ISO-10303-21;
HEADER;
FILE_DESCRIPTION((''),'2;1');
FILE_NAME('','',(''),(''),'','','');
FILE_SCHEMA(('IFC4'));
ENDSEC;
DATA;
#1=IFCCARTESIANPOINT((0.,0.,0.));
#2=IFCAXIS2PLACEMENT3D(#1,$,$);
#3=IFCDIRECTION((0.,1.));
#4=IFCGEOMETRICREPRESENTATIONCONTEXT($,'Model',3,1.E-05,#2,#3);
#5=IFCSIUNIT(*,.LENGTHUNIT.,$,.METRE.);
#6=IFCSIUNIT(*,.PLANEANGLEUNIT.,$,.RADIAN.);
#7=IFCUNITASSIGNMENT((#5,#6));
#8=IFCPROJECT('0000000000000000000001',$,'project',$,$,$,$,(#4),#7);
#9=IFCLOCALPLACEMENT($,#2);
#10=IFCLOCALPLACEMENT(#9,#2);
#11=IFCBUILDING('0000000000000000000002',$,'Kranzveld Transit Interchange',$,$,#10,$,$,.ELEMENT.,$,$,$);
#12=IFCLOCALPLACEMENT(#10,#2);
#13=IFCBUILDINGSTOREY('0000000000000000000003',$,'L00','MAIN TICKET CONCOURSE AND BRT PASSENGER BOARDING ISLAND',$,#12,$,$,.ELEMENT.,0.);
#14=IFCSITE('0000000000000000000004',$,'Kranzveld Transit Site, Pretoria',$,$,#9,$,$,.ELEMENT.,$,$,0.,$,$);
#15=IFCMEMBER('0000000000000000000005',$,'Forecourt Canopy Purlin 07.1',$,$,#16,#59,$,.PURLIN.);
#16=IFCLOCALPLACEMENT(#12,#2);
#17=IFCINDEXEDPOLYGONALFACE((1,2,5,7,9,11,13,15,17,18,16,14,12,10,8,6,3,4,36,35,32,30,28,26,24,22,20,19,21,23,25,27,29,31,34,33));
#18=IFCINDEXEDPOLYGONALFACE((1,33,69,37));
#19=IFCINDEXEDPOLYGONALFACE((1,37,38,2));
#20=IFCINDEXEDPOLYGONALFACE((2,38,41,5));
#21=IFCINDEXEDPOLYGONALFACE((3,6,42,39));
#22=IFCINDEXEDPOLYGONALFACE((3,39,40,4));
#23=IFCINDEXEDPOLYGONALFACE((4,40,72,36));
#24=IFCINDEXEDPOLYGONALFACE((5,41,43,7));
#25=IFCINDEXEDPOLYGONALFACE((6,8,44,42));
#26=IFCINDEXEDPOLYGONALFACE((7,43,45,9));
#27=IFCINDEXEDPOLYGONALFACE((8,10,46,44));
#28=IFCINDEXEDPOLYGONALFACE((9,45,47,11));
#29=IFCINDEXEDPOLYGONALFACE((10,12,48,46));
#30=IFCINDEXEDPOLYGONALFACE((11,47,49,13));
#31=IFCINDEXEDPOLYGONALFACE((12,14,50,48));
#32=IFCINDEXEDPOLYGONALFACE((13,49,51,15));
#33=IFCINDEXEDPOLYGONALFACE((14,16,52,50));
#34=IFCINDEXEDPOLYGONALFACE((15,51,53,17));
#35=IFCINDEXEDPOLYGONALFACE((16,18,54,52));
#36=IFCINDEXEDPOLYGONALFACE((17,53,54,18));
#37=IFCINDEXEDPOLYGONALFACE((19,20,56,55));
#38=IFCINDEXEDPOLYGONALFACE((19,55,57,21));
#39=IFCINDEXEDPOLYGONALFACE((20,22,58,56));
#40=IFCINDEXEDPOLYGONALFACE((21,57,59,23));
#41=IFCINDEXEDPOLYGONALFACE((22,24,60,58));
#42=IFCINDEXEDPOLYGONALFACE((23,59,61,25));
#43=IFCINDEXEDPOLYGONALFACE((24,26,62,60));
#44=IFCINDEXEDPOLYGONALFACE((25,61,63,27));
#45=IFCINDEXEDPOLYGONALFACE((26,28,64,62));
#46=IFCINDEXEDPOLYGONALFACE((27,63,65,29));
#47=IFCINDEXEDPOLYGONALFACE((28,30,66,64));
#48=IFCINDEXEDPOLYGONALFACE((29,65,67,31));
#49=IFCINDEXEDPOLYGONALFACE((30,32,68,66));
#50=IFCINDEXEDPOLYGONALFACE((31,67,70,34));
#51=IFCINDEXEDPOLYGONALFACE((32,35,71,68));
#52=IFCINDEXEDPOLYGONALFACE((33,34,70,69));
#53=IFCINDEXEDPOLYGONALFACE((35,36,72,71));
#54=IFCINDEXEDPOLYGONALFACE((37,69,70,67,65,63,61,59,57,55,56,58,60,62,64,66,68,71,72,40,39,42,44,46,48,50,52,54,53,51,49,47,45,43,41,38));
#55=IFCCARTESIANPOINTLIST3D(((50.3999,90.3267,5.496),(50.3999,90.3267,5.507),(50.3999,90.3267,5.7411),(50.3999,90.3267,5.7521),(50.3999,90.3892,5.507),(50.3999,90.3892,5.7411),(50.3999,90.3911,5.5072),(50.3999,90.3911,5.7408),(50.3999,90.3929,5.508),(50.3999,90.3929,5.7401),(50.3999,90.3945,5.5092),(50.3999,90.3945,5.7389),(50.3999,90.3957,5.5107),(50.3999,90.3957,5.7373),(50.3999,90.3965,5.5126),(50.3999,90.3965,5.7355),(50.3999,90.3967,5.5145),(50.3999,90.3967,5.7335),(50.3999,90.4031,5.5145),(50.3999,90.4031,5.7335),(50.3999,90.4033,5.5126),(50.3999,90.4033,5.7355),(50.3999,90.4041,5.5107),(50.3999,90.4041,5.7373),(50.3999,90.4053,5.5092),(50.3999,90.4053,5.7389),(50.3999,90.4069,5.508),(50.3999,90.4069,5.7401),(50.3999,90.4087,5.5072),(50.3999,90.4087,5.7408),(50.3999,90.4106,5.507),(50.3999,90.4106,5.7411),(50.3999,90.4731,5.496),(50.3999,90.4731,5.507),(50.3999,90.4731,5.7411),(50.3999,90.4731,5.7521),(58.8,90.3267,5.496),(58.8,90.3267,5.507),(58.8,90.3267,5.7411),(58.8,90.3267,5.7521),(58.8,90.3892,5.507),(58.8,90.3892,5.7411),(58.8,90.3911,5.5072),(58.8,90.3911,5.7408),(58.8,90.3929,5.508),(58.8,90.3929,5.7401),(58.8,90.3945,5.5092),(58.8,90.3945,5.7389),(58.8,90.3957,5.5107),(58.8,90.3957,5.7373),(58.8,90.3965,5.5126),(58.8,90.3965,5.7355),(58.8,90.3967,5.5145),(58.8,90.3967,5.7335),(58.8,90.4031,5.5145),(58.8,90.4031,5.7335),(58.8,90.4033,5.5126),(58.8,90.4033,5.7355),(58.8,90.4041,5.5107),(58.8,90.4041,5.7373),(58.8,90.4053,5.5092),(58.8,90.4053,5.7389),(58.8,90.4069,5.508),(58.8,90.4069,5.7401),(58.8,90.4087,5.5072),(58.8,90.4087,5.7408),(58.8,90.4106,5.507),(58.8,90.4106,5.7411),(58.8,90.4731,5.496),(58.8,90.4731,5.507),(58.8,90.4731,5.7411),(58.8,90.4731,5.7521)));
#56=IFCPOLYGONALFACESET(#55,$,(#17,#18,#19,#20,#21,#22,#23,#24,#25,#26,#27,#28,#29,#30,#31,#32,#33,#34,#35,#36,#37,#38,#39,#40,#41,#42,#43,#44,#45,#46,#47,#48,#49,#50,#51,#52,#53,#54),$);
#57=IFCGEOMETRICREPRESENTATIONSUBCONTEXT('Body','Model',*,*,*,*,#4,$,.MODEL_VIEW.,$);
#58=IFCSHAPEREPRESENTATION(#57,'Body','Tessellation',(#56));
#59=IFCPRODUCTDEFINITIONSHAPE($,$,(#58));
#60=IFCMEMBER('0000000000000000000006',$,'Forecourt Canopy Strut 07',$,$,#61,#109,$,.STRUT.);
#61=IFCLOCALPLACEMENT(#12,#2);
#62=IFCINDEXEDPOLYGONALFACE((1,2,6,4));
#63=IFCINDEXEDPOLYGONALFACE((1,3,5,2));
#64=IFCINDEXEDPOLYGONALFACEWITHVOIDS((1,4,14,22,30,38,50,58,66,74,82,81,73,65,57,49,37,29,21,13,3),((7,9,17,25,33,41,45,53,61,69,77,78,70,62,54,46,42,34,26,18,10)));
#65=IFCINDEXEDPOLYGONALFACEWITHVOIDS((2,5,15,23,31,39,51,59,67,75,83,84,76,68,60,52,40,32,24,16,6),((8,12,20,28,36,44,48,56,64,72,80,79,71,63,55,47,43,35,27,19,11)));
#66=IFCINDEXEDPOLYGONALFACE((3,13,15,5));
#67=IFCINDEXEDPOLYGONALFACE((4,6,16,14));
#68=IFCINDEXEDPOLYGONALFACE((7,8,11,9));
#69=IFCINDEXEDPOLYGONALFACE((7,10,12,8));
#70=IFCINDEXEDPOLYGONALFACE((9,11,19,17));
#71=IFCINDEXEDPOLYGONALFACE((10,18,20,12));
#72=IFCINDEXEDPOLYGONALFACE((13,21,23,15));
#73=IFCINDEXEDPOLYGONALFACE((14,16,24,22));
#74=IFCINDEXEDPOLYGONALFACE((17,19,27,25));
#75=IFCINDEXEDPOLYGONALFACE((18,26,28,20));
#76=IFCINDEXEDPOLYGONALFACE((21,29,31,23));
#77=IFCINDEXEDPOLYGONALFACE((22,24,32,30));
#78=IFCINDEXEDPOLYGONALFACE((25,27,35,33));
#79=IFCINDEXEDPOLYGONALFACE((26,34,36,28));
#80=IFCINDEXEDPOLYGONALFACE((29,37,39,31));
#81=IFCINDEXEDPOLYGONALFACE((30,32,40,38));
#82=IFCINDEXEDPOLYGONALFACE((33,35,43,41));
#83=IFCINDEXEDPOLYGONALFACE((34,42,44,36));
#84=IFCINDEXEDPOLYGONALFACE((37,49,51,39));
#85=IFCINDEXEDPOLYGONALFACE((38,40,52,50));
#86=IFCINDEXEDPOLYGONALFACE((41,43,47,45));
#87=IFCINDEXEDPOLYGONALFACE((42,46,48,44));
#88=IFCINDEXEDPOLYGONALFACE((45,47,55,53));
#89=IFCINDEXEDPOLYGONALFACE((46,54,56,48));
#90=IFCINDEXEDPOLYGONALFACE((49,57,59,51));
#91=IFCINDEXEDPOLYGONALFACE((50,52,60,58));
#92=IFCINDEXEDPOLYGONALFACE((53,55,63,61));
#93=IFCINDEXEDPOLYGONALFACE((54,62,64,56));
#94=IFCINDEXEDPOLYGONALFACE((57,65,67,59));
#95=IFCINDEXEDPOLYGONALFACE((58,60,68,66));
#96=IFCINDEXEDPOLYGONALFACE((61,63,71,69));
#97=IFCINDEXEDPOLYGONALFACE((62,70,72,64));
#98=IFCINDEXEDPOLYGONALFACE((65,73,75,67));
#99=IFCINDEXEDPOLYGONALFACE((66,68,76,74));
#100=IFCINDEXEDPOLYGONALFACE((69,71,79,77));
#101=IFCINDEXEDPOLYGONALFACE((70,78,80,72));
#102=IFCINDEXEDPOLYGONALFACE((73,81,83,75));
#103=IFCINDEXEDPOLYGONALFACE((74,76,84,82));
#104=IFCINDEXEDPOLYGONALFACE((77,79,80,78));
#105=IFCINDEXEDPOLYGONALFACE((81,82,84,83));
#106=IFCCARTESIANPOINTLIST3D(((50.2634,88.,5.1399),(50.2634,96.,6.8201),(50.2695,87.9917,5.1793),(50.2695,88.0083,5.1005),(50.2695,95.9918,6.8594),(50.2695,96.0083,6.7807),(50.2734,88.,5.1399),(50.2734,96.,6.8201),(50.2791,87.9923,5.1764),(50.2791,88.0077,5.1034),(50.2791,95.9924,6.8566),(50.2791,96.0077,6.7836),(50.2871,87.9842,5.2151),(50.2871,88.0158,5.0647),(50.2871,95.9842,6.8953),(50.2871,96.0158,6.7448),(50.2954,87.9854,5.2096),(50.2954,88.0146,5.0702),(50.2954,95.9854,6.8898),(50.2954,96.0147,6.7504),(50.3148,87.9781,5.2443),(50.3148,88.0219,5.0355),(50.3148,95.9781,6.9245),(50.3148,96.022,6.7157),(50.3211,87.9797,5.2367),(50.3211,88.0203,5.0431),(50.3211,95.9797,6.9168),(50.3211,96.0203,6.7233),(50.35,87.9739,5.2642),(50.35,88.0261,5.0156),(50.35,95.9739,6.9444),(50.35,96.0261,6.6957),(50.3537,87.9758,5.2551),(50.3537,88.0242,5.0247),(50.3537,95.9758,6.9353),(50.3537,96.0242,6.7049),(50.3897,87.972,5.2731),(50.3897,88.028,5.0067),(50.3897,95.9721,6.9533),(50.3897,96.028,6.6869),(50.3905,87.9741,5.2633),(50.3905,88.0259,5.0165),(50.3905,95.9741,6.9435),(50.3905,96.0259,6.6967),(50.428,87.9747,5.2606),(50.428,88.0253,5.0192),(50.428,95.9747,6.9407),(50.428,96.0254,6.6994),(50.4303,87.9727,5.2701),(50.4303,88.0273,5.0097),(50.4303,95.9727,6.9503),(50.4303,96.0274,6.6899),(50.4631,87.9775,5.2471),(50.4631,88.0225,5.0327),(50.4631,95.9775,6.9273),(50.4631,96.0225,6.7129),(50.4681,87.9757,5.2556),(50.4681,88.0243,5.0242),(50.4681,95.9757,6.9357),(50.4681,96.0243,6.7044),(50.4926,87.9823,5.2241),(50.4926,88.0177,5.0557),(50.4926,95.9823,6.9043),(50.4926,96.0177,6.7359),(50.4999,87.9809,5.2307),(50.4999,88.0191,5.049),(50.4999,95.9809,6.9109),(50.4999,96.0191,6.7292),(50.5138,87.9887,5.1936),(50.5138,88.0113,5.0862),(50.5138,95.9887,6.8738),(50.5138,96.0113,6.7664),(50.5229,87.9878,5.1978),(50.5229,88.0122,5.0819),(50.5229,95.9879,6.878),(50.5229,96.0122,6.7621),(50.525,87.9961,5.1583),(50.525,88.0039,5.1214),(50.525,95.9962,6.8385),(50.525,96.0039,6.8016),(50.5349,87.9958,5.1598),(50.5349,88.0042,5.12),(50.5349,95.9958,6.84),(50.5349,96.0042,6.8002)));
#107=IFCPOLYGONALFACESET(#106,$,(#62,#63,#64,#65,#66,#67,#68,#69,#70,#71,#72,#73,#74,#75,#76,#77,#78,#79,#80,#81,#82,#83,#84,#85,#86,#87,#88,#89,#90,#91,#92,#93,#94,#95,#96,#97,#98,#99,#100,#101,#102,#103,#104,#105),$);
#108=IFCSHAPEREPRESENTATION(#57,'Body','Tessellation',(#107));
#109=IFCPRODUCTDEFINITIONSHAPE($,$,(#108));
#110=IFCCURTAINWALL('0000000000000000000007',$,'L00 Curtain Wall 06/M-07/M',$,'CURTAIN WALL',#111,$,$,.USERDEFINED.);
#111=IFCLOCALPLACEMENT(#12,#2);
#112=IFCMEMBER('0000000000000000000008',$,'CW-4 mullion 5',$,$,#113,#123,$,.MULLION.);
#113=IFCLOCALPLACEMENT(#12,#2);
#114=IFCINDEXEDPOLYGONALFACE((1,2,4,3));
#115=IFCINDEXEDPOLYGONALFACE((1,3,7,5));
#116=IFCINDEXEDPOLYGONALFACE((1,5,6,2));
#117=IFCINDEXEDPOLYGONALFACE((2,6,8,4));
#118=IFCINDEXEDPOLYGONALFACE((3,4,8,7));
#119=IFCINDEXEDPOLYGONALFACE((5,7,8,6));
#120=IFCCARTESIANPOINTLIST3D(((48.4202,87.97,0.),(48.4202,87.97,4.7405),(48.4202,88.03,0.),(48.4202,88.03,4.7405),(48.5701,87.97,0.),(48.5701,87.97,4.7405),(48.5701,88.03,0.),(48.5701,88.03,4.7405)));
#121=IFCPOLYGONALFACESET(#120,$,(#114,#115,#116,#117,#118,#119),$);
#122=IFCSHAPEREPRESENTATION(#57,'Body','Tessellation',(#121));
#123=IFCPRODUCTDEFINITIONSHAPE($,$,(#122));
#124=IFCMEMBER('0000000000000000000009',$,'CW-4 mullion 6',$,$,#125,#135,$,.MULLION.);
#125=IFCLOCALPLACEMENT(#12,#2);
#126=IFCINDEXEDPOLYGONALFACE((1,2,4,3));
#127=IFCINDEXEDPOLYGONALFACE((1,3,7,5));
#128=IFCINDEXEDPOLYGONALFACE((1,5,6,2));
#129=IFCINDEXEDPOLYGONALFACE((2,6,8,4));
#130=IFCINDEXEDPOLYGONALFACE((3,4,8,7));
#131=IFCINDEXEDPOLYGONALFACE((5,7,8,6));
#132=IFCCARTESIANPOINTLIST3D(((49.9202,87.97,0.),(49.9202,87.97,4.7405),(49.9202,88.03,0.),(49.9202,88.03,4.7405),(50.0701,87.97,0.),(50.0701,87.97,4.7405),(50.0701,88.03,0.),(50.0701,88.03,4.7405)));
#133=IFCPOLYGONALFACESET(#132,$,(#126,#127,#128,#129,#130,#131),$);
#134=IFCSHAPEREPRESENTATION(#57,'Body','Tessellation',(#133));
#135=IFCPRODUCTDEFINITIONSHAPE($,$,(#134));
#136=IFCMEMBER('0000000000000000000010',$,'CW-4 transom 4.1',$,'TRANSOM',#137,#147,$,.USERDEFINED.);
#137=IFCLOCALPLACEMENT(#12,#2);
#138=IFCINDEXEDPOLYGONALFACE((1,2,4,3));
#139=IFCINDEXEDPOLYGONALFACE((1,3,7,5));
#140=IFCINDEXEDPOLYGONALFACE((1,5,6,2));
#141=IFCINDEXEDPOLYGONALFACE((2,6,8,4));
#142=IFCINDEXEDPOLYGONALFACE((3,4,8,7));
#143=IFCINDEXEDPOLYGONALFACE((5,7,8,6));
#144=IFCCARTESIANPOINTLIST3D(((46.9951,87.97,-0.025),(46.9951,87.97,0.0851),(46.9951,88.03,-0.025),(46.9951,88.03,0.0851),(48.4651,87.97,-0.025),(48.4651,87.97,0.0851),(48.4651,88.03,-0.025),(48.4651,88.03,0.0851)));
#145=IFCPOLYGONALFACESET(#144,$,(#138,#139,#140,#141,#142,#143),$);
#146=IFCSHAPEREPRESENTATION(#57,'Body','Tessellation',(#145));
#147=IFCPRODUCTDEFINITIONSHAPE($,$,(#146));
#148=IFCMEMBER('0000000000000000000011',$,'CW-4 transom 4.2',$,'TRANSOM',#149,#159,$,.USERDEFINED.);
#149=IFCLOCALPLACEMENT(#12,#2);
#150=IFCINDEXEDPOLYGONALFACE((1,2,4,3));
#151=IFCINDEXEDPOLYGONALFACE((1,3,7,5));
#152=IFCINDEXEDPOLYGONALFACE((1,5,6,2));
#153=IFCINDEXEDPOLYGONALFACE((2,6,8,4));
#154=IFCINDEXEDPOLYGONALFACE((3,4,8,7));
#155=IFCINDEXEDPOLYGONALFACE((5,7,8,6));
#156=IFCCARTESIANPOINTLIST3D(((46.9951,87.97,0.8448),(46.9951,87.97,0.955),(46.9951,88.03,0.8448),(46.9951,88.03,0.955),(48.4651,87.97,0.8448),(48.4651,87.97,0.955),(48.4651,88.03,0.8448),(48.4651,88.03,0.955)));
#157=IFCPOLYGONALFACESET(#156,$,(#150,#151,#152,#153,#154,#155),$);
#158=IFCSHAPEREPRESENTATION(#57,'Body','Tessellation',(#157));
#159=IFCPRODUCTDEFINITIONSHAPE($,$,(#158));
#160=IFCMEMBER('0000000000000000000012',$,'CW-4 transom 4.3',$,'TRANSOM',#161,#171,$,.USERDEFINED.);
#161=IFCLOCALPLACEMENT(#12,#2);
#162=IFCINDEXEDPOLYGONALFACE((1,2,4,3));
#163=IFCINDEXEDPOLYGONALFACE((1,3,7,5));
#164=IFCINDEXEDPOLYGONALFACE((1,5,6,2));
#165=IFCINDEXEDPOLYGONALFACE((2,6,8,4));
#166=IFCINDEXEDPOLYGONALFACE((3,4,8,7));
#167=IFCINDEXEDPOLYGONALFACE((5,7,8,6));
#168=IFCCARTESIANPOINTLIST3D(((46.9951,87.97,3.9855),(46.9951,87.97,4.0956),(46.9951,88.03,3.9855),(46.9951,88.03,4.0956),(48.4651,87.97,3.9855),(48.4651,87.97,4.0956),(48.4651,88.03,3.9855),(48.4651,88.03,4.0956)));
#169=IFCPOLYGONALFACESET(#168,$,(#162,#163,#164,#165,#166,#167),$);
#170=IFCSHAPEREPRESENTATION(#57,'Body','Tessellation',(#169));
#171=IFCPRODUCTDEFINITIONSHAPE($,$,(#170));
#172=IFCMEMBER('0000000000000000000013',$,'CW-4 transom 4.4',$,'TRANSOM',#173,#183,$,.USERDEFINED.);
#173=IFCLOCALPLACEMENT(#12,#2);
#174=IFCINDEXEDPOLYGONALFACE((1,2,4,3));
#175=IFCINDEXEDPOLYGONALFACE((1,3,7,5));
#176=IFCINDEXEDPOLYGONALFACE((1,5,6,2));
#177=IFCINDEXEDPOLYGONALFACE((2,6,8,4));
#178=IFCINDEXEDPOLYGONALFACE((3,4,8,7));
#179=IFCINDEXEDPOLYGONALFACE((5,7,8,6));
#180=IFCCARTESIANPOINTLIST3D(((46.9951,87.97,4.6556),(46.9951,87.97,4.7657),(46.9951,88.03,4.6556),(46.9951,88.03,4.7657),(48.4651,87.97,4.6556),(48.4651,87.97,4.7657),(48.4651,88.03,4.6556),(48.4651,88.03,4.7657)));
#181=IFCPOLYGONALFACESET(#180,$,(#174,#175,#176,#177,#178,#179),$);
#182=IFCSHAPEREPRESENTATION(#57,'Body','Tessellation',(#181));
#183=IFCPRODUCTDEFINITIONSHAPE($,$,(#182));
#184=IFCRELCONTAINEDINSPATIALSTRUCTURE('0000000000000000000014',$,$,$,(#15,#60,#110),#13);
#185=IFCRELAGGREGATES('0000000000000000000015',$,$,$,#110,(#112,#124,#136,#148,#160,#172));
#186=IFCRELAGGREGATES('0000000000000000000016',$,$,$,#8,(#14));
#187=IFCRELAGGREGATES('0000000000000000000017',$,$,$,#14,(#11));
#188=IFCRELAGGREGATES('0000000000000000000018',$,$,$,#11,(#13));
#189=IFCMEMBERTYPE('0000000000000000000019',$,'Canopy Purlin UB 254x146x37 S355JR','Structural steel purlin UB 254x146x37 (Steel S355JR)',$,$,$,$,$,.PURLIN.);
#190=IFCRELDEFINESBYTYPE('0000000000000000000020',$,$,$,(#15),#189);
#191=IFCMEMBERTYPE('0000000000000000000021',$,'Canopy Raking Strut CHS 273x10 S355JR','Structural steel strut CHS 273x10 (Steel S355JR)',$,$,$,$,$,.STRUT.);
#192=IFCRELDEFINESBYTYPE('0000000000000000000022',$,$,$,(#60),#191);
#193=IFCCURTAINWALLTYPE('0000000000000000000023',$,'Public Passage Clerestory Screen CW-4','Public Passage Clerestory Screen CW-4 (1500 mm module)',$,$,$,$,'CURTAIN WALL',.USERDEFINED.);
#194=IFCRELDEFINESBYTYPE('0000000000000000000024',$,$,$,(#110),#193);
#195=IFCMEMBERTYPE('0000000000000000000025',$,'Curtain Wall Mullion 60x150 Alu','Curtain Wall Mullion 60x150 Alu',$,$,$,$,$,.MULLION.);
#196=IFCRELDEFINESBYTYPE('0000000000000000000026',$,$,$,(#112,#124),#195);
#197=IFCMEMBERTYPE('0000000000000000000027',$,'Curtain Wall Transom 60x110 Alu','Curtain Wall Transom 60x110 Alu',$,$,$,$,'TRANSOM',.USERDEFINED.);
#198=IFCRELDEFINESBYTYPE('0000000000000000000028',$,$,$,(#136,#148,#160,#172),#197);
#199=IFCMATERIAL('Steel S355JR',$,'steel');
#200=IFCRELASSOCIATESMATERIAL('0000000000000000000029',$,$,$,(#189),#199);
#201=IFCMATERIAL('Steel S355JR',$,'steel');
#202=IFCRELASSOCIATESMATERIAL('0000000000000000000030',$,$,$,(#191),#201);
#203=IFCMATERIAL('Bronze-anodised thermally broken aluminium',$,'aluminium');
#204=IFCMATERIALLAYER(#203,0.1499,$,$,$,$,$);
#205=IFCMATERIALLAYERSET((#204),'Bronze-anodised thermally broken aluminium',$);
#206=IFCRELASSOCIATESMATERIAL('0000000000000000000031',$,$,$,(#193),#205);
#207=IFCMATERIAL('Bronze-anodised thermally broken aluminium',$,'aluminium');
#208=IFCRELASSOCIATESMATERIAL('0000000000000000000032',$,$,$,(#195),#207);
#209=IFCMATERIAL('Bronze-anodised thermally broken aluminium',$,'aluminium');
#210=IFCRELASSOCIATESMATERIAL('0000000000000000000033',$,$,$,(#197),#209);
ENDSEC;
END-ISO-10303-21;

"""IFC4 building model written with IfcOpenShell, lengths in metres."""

from ifc_helpers import new_model, si_unit, direction, frame, origin, origin_2d, place, context, subcontext, project, spatial, rectangle, hollow_circle, i_section, extrude, material, layer, layer_set, material_profile, profile_set, type_object, element, aggregate, save


model = new_model("IFC4")

# Units and contexts
model_context = context("Model", 3, precision=1e-05, world=origin(), true_north=direction((0.0, 1.0)))
body_context = subcontext(model_context, "Body", "Model", "MODEL_VIEW")
ifc_project = project(units=[si_unit("LENGTHUNIT", "METRE"), si_unit("PLANEANGLEUNIT", "RADIAN")], contexts=[model_context])

# Site, building, storey
site_placement = place(None, origin())
site = spatial("IfcSite", under=ifc_project, at=site_placement, Name="Kranzveld Transit Site, Pretoria", CompositionType="ELEMENT", RefElevation=0.0)
building_placement = place(site_placement, origin())
building = spatial("IfcBuilding", under=site, at=building_placement, Name="Kranzveld Transit Interchange", CompositionType="ELEMENT")
storey_placement = place(building_placement, origin())
storey = spatial("IfcBuildingStorey", under=building, at=storey_placement, Name="L00", Description="MAIN TICKET CONCOURSE AND BRT PASSENGER BOARDING ISLAND", CompositionType="ELEMENT", Elevation=0.0)

# Members
ifc_material_1 = material(Name="Steel S355JR", Category="steel")
ifc_material_profile_1 = material_profile(ifc_material_1, i_section(OverallWidth=0.1465, OverallDepth=0.2561, WebThickness=0.0063, FlangeThickness=0.011, FilletRadius=0.0076, at=origin_2d()), Name="UB 254x146x37")
ifc_profile_set_1 = profile_set([ifc_material_profile_1], Name="Steel S355JR")
member_type_1 = type_object("IfcMemberType", Name="Canopy Purlin UB 254x146x37 S355JR", Description="Structural steel purlin UB 254x146x37 (Steel S355JR)", PredefinedType="PURLIN", material=ifc_profile_set_1)
member_1_placement = place(storey_placement, frame((50.3999, 90.3999, 5.624), z_axis=(1.0, 0.0, 0.0), x_axis=(0.0, 1.0, 0.0)))
element("IfcMember", 1, at=member_1_placement, inside=storey, type_object=member_type_1, Name="Forecourt Canopy Purlin 07.1", PredefinedType="PURLIN", context=body_context, shape_type="SweptSolid", body=[
    extrude(i_section(OverallWidth=0.1465, OverallDepth=0.2561, WebThickness=0.0063, FlangeThickness=0.011, FilletRadius=0.0076, at=origin_2d()), origin(), (0.0, 0.0, 1.0), 8.4001),
])
ifc_material_2 = material(Name="Steel S355JR", Category="steel")
ifc_material_profile_2 = material_profile(ifc_material_2, hollow_circle(Radius=0.1365, WallThickness=0.01, at=origin_2d()), Name="CHS 273x10")
ifc_profile_set_2 = profile_set([ifc_material_profile_2], Name="Steel S355JR")
member_type_2 = type_object("IfcMemberType", Name="Canopy Raking Strut CHS 273x10 S355JR", Description="Structural steel strut CHS 273x10 (Steel S355JR)", PredefinedType="STRUT", material=ifc_profile_set_2)
member_2_placement = place(storey_placement, frame((50.3999, 88.0, 5.1399), z_axis=(0.0, 0.978649, 0.205538), x_axis=(-1.0, 0.0, 0.0)))
element("IfcMember", 2, at=member_2_placement, inside=storey, type_object=member_type_2, Name="Forecourt Canopy Strut 07", PredefinedType="STRUT", context=body_context, shape_type="SweptSolid", body=[
    extrude(hollow_circle(Radius=0.1365, WallThickness=0.01, at=origin_2d()), origin(), (0.0, 0.0, 1.0), 8.1746),
])

# Curtain wall, members
ifc_material_3 = material(Name="Bronze-anodised thermally broken aluminium", Category="aluminium")
ifc_layer_1 = layer(ifc_material_3, 0.1499)
ifc_layer_set_1 = layer_set([ifc_layer_1], Name="Bronze-anodised thermally broken aluminium")
curtain_wall_type = type_object("IfcCurtainWallType", Name="Public Passage Clerestory Screen CW-4", Description="Public Passage Clerestory Screen CW-4 (1500 mm module)", ElementType="CURTAIN WALL", PredefinedType="USERDEFINED", material=ifc_layer_set_1)
curtain_wall_placement = place(storey_placement, origin())
curtain_wall = element("IfcCurtainWall", 3, at=curtain_wall_placement, inside=storey, type_object=curtain_wall_type, Name="L00 Curtain Wall 06/M-07/M", ObjectType="CURTAIN WALL", PredefinedType="USERDEFINED")
ifc_material_4 = material(Name="Bronze-anodised thermally broken aluminium", Category="aluminium")
ifc_material_profile_3 = material_profile(ifc_material_4, rectangle(XDim=0.0601, YDim=0.1499, at=origin_2d()), Name="ALU MULLION 60x150")
ifc_profile_set_3 = profile_set([ifc_material_profile_3], Name="Bronze-anodised thermally broken aluminium")
member_type_3 = type_object("IfcMemberType", Name="Curtain Wall Mullion 60x150 Alu", Description="Curtain Wall Mullion 60x150 Alu", PredefinedType="MULLION", material=ifc_profile_set_3)
member_3_placement = place(storey_placement, frame((48.4951, 88.0, 0.0), z_axis=(0.0, 0.0, 1.0), x_axis=(0.0, 1.0, 0.0)))
member_3 = element("IfcMember", 4, at=member_3_placement, type_object=member_type_3, Name="CW-4 mullion 5", PredefinedType="MULLION", context=body_context, shape_type="SweptSolid", body=[
    extrude(rectangle(XDim=0.0601, YDim=0.1499, at=origin_2d()), origin(), (0.0, 0.0, 1.0), 4.7405),
])
member_4_placement = place(storey_placement, frame((49.9951, 88.0, 0.0), z_axis=(0.0, 0.0, 1.0), x_axis=(0.0, 1.0, 0.0)))
member_4 = element("IfcMember", 5, at=member_4_placement, type_object=member_type_3, Name="CW-4 mullion 6", PredefinedType="MULLION", context=body_context, shape_type="SweptSolid", body=[
    extrude(rectangle(XDim=0.0601, YDim=0.1499, at=origin_2d()), origin(), (0.0, 0.0, 1.0), 4.7405),
])
ifc_material_5 = material(Name="Bronze-anodised thermally broken aluminium", Category="aluminium")
ifc_material_profile_4 = material_profile(ifc_material_5, rectangle(XDim=0.0601, YDim=0.1101, at=origin_2d()), Name="ALU TRANSOM 60x110")
ifc_profile_set_4 = profile_set([ifc_material_profile_4], Name="Bronze-anodised thermally broken aluminium")
member_type_4 = type_object("IfcMemberType", Name="Curtain Wall Transom 60x110 Alu", Description="Curtain Wall Transom 60x110 Alu", ElementType="TRANSOM", PredefinedType="USERDEFINED", material=ifc_profile_set_4)
member_5_placement = place(storey_placement, frame((46.9951, 88.0, 0.03), z_axis=(1.0, 0.0, 0.0), x_axis=(0.0, 1.0, 0.0)))
member_5 = element("IfcMember", 6, at=member_5_placement, type_object=member_type_4, Name="CW-4 transom 4.1", ObjectType="TRANSOM", PredefinedType="USERDEFINED", context=body_context, shape_type="SweptSolid", body=[
    extrude(rectangle(XDim=0.0601, YDim=0.1101, at=origin_2d()), origin(), (0.0, 0.0, 1.0), 1.47),
])
member_6_placement = place(storey_placement, frame((46.9951, 88.0, 0.8999), z_axis=(1.0, 0.0, 0.0), x_axis=(0.0, 1.0, 0.0)))
member_6 = element("IfcMember", 7, at=member_6_placement, type_object=member_type_4, Name="CW-4 transom 4.2", ObjectType="TRANSOM", PredefinedType="USERDEFINED", context=body_context, shape_type="SweptSolid", body=[
    extrude(rectangle(XDim=0.0601, YDim=0.1101, at=origin_2d()), origin(), (0.0, 0.0, 1.0), 1.47),
])
member_7_placement = place(storey_placement, frame((46.9951, 88.0, 4.0405), z_axis=(1.0, 0.0, 0.0), x_axis=(0.0, 1.0, 0.0)))
member_7 = element("IfcMember", 8, at=member_7_placement, type_object=member_type_4, Name="CW-4 transom 4.3", ObjectType="TRANSOM", PredefinedType="USERDEFINED", context=body_context, shape_type="SweptSolid", body=[
    extrude(rectangle(XDim=0.0601, YDim=0.1101, at=origin_2d()), origin(), (0.0, 0.0, 1.0), 1.47),
])
member_8_placement = place(storey_placement, frame((46.9951, 88.0, 4.7107), z_axis=(1.0, 0.0, 0.0), x_axis=(0.0, 1.0, 0.0)))
member_8 = element("IfcMember", 9, at=member_8_placement, type_object=member_type_4, Name="CW-4 transom 4.4", ObjectType="TRANSOM", PredefinedType="USERDEFINED", context=body_context, shape_type="SweptSolid", body=[
    extrude(rectangle(XDim=0.0601, YDim=0.1101, at=origin_2d()), origin(), (0.0, 0.0, 1.0), 1.47),
])

aggregate(curtain_wall, [member_3, member_4, member_5, member_6, member_7, member_8])

save(model, "model.ifc")
